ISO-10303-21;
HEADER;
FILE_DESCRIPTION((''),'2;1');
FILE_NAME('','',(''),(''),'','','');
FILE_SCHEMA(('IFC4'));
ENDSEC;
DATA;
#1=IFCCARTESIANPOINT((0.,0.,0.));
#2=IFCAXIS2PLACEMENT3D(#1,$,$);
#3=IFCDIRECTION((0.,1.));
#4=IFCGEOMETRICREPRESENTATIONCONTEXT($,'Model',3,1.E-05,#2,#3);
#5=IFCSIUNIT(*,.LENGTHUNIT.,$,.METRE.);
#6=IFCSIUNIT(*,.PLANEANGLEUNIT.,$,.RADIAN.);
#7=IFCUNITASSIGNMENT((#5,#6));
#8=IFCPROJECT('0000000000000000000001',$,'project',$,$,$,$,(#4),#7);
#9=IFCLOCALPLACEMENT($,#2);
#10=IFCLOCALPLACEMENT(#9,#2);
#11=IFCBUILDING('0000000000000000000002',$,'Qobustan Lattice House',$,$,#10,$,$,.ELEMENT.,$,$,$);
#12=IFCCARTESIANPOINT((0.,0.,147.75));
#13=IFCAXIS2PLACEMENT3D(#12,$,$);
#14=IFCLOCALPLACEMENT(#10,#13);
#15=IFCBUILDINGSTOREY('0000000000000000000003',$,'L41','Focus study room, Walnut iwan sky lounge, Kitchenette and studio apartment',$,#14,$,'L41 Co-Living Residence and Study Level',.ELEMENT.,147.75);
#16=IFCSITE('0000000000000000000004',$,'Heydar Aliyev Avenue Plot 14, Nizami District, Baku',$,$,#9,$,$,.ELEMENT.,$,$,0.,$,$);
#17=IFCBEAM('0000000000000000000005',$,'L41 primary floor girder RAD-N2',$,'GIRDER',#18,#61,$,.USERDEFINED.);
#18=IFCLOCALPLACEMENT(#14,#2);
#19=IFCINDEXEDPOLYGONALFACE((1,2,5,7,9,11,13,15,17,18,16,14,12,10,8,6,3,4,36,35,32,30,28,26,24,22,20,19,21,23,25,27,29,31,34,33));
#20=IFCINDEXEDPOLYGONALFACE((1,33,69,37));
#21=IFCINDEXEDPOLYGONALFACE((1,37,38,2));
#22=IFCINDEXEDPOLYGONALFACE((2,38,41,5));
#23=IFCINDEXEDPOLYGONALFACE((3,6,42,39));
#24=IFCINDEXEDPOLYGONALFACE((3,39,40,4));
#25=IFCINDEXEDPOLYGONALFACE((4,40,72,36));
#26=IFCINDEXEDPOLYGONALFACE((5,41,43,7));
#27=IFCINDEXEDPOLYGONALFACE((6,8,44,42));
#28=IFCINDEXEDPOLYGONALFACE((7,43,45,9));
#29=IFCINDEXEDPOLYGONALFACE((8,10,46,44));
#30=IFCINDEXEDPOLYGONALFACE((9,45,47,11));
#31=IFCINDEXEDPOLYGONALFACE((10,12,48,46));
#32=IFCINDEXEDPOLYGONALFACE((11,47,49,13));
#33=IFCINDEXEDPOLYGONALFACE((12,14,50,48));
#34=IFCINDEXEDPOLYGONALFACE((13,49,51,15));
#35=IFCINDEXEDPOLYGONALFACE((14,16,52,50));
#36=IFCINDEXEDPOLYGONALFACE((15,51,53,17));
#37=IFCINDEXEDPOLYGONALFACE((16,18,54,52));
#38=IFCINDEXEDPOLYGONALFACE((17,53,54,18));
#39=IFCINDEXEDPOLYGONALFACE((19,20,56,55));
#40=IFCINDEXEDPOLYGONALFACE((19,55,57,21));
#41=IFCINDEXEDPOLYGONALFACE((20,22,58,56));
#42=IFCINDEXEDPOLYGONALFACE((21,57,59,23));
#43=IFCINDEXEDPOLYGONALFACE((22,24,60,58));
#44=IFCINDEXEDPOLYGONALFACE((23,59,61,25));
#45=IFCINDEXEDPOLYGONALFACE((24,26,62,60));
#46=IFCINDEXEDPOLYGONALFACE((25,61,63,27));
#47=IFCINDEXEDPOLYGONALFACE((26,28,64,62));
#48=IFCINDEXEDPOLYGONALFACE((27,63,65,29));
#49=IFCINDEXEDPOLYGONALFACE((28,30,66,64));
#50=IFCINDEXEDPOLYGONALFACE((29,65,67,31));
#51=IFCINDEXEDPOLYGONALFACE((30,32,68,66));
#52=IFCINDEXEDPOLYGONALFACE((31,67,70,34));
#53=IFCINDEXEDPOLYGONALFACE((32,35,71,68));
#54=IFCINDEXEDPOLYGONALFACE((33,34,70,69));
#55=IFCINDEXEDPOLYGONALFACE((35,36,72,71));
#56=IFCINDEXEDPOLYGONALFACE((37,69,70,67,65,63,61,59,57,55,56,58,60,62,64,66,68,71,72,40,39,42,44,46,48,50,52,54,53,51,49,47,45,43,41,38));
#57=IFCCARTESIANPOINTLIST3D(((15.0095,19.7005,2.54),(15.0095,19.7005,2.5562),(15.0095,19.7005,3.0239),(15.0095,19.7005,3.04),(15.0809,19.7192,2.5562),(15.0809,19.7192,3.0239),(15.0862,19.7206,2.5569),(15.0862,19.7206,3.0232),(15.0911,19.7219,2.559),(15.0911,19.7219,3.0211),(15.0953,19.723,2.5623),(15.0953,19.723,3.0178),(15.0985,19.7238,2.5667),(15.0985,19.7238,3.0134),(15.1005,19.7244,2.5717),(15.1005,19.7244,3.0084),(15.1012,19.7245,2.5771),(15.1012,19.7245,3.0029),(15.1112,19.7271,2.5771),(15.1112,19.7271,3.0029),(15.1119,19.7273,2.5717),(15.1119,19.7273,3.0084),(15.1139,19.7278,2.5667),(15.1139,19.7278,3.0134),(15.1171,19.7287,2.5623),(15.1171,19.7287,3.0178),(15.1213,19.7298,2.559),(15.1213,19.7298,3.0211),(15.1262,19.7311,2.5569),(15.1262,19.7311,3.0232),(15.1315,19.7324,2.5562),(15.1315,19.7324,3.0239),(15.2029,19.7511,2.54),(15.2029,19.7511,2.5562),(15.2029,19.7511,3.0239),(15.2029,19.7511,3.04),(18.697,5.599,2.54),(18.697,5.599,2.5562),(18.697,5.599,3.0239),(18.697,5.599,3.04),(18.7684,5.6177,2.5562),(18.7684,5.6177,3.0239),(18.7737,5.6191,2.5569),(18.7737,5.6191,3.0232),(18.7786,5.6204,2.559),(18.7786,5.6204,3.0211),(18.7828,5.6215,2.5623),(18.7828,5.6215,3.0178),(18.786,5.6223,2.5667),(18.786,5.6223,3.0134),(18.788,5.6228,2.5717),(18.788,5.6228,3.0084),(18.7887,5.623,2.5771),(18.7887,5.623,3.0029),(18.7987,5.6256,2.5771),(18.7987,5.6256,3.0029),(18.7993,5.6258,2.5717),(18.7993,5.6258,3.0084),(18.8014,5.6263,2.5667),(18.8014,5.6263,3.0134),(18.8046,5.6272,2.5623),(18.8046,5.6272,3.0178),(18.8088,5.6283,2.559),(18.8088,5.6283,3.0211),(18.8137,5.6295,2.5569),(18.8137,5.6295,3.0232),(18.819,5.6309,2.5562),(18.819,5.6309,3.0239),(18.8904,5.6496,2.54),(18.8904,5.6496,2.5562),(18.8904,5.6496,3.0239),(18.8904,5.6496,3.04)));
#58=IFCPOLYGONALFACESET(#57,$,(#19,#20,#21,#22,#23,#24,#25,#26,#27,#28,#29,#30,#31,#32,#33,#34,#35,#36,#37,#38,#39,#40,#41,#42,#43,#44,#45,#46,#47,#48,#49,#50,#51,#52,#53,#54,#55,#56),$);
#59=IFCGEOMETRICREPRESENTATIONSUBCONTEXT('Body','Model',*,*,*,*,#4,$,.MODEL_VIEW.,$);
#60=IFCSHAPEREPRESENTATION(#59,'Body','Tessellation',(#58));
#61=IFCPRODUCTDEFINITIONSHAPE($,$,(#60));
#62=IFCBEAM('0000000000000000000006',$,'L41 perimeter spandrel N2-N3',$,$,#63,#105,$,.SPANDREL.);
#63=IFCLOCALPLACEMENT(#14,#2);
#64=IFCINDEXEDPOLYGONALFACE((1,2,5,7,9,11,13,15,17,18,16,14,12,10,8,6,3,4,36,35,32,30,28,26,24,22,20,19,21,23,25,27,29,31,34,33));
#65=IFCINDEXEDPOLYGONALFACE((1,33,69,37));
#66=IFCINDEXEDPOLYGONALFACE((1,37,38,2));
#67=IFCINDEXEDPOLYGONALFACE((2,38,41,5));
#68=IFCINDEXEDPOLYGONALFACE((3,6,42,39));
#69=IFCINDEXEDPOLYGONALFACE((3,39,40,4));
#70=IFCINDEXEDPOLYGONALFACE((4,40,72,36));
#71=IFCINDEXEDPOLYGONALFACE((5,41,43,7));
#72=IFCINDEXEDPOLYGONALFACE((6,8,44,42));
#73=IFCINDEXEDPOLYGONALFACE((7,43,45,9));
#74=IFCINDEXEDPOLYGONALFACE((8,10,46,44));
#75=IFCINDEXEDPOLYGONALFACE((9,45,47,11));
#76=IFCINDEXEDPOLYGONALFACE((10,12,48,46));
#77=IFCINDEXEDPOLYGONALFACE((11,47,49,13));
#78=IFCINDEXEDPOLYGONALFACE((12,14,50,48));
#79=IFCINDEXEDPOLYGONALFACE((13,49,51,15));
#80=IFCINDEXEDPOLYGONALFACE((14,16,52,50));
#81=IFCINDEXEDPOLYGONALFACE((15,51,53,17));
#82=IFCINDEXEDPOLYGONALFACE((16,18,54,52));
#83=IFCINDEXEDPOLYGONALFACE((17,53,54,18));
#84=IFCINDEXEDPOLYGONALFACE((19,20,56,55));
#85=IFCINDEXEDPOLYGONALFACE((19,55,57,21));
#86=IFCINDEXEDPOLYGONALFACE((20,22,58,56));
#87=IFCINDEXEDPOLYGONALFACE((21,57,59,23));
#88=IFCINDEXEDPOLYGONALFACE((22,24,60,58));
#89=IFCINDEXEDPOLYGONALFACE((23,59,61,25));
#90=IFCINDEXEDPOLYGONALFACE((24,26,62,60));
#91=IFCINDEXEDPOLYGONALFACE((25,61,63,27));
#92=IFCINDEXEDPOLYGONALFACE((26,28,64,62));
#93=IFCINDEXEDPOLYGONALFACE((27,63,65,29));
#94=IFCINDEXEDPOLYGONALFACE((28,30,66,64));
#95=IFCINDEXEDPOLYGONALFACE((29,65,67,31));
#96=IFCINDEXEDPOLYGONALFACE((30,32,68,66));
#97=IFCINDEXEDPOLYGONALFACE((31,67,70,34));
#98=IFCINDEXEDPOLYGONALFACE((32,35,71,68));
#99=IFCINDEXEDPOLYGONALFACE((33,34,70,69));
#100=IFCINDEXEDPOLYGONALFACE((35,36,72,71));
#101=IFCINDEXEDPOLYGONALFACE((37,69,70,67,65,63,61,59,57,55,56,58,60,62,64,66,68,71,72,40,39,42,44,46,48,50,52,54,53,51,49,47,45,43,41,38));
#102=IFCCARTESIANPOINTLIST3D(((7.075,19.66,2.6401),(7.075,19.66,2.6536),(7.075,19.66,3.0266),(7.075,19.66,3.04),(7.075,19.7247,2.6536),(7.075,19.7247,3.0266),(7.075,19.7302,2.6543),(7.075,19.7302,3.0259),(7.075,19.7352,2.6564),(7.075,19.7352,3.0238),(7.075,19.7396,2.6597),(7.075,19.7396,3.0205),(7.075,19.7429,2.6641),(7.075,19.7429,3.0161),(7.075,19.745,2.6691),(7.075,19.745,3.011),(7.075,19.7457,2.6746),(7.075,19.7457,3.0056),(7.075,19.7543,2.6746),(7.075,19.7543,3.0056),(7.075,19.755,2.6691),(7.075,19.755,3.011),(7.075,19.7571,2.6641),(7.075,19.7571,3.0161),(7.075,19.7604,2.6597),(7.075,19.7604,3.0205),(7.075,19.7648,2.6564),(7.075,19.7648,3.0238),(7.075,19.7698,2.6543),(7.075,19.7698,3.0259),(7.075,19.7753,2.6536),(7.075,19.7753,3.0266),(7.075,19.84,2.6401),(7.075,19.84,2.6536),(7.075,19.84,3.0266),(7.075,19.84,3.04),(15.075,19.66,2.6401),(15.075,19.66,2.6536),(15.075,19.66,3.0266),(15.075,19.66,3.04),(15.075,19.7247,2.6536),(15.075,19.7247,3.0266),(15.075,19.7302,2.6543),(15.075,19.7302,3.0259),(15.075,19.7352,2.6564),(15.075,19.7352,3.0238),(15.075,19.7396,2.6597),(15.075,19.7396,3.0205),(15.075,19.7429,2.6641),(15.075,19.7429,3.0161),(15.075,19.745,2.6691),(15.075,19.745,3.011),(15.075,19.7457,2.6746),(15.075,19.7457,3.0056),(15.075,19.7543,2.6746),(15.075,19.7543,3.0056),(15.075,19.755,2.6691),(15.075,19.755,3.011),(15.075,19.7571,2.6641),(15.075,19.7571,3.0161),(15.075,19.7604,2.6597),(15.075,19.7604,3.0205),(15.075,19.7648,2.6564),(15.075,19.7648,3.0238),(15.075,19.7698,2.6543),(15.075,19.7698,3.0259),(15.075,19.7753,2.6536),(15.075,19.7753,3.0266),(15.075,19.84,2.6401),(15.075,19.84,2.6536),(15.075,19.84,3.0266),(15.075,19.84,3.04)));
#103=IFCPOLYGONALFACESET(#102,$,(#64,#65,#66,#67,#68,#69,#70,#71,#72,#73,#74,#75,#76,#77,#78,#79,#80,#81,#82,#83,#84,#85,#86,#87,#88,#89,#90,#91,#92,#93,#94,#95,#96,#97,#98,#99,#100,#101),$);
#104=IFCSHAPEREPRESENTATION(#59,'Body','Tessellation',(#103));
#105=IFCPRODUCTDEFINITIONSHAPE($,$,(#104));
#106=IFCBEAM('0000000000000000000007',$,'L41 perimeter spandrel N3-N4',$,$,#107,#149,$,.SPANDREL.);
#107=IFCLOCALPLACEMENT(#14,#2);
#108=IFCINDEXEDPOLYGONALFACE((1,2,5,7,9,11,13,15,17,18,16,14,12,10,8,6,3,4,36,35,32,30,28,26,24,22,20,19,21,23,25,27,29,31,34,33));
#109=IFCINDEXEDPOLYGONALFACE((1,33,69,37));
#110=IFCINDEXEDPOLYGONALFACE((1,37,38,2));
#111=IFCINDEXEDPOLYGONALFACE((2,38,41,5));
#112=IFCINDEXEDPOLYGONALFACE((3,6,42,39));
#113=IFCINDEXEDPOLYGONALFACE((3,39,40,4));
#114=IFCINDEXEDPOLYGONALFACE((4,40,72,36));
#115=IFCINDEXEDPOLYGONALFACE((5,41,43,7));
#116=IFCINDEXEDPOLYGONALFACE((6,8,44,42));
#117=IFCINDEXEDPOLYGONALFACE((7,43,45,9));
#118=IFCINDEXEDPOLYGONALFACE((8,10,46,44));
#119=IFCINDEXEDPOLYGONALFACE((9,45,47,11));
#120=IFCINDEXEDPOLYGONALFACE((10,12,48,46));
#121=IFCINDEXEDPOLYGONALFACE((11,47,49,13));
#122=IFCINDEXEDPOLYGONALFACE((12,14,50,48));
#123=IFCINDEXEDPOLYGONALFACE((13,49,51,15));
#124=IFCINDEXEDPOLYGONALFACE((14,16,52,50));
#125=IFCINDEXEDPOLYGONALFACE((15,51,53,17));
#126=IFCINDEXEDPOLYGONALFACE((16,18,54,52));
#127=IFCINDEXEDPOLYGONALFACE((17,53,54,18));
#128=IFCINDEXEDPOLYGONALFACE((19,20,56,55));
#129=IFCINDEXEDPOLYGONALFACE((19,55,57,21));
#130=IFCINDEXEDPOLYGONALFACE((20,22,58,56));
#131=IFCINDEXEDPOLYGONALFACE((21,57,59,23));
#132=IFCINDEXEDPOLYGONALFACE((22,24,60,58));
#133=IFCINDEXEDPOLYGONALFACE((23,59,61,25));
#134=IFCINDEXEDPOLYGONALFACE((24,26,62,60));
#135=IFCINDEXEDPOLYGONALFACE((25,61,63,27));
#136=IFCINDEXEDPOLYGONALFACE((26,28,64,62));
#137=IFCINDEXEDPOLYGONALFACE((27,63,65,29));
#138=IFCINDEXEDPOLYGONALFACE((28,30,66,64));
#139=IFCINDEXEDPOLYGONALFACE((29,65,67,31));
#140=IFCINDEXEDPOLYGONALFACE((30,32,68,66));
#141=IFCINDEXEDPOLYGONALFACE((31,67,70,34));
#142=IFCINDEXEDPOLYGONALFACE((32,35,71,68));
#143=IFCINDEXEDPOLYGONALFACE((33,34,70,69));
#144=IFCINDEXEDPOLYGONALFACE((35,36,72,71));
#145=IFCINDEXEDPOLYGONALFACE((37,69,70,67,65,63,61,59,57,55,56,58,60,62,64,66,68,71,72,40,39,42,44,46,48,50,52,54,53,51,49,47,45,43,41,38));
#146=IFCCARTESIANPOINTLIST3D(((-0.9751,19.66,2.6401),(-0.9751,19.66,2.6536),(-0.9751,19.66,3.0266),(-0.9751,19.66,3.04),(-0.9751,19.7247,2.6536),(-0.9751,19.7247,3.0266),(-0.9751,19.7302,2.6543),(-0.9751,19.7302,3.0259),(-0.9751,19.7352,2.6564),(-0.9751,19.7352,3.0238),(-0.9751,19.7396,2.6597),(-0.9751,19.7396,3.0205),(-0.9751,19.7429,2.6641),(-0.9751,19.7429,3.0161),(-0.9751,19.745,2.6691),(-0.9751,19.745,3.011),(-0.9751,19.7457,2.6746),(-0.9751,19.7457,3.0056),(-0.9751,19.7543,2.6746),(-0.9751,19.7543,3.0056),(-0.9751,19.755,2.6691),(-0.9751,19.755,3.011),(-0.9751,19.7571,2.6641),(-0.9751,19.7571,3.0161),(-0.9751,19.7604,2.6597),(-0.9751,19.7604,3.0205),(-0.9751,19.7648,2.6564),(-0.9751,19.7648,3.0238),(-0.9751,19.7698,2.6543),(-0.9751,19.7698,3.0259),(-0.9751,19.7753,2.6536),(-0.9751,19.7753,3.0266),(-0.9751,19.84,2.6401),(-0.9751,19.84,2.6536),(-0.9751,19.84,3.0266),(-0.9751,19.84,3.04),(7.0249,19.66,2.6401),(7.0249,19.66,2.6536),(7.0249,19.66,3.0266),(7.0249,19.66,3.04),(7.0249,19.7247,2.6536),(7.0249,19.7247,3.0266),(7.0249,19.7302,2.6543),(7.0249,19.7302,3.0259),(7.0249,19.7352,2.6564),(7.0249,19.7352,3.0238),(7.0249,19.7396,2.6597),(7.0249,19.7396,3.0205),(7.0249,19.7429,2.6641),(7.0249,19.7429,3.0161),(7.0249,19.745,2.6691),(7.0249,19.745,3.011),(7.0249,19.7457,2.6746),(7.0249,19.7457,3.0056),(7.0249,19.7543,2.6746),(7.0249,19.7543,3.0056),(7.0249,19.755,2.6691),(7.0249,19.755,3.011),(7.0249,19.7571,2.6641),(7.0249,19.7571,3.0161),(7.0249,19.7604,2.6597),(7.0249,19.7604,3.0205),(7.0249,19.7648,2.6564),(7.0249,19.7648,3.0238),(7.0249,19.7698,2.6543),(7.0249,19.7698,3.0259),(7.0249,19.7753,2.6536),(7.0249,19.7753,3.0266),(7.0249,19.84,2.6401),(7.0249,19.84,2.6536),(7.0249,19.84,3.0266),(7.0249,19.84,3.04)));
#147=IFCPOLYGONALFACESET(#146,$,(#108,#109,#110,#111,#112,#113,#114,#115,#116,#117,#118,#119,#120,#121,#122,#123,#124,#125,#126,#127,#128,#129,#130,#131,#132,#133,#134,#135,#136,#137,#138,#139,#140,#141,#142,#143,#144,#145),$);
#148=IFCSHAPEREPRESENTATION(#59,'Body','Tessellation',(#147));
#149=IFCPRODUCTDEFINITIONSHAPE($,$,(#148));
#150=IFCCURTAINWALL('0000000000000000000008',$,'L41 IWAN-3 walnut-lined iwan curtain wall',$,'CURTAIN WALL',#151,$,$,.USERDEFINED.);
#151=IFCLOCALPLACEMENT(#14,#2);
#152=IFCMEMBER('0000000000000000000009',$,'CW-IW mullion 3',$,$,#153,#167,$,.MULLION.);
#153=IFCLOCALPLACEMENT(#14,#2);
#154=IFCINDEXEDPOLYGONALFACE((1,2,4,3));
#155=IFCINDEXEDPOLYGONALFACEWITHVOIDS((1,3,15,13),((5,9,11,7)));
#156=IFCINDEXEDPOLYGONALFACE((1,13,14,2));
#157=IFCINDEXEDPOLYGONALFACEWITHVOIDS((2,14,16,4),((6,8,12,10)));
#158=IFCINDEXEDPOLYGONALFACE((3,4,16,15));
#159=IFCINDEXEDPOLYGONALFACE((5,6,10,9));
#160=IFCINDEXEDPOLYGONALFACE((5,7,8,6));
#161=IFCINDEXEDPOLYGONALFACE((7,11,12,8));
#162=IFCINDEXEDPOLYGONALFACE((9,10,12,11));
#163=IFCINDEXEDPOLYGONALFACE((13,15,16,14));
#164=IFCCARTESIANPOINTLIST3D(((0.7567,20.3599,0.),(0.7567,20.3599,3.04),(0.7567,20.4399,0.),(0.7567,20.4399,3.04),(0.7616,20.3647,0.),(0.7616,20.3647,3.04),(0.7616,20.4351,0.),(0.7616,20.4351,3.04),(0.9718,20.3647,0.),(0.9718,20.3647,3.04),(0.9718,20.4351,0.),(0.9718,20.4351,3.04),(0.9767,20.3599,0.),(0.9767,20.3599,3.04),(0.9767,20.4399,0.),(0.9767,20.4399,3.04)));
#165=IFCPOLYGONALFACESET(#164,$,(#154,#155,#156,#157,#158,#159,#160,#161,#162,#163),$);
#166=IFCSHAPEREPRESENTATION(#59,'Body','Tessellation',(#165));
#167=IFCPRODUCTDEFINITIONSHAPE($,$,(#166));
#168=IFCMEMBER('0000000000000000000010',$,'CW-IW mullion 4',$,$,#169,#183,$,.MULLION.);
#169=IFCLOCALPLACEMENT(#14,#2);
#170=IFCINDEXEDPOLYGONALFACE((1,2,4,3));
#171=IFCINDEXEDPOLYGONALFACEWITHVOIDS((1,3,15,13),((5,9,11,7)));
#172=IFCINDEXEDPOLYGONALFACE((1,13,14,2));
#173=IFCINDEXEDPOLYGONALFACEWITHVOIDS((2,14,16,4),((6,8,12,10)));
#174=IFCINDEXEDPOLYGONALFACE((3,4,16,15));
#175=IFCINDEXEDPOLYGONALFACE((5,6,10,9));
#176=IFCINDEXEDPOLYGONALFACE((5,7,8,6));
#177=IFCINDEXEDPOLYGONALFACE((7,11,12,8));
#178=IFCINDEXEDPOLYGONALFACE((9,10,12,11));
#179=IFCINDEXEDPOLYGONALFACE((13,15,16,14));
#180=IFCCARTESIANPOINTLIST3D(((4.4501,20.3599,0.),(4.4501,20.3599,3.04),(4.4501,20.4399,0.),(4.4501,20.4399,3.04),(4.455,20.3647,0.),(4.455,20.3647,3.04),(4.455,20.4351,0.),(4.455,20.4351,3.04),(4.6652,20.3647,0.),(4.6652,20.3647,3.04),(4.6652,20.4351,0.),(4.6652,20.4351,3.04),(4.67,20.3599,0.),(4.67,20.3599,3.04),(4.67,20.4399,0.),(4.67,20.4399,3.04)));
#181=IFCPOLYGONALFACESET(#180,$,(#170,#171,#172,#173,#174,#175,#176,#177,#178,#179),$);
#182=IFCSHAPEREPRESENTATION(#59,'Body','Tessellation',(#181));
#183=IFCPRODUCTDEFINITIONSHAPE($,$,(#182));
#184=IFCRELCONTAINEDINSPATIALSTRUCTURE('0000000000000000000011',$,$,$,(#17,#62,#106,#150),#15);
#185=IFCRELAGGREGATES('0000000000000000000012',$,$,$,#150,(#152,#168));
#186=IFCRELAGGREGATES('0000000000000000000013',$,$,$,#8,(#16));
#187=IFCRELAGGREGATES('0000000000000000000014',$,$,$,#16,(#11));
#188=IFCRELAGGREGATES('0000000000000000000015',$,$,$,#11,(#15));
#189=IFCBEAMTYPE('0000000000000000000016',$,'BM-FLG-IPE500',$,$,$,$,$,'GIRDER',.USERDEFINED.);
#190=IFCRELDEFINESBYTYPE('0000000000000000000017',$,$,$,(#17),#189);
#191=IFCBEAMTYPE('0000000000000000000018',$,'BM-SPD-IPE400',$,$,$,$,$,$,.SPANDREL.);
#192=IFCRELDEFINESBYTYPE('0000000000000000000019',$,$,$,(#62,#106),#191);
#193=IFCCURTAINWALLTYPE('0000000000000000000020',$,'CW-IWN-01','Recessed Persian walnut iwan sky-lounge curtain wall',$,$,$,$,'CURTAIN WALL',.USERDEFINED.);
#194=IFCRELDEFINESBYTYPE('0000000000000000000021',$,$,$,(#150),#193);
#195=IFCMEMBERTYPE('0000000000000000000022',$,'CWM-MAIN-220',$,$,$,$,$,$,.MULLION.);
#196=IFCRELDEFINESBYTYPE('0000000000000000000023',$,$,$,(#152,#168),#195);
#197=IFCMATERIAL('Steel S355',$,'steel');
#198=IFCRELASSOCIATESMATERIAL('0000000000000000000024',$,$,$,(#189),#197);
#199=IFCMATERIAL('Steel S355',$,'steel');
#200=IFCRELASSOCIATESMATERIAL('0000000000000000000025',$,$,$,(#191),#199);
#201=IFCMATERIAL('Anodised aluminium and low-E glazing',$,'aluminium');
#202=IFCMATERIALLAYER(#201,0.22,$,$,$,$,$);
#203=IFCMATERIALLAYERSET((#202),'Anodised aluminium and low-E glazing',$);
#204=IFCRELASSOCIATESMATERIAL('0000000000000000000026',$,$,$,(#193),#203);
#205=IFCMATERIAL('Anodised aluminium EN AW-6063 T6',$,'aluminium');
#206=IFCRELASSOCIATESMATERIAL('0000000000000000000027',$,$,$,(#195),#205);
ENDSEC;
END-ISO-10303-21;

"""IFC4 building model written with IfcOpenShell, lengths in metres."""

from ifc_helpers import new_model, si_unit, direction, frame, origin, origin_2d, place, context, subcontext, project, spatial, hollow_rectangle, i_section, extrude, material, layer, layer_set, material_profile, profile_set, type_object, element, aggregate, save


model = new_model("IFC4")

# Units and contexts
model_context = context("Model", 3, precision=1e-05, world=origin(), true_north=direction((0.0, 1.0)))
body_context = subcontext(model_context, "Body", "Model", "MODEL_VIEW")
ifc_project = project(units=[si_unit("LENGTHUNIT", "METRE"), si_unit("PLANEANGLEUNIT", "RADIAN")], contexts=[model_context])

# Site, building, storey
site_placement = place(None, origin())
site = spatial("IfcSite", under=ifc_project, at=site_placement, Name="Heydar Aliyev Avenue Plot 14, Nizami District, Baku", CompositionType="ELEMENT", RefElevation=0.0)
building_placement = place(site_placement, origin())
building = spatial("IfcBuilding", under=site, at=building_placement, Name="Qobustan Lattice House", CompositionType="ELEMENT")
storey_placement = place(building_placement, frame((0.0, 0.0, 147.75)))
storey = spatial("IfcBuildingStorey", under=building, at=storey_placement, Name="L41", Description="Focus study room, Walnut iwan sky lounge, Kitchenette and studio apartment", LongName="L41 Co-Living Residence and Study Level", CompositionType="ELEMENT", Elevation=147.75)

# Beams
ifc_material_1 = material(Name="Steel S355", Category="steel")
ifc_material_profile_1 = material_profile(ifc_material_1, i_section(OverallWidth=0.2, OverallDepth=0.5, WebThickness=0.0103, FlangeThickness=0.0161, FilletRadius=0.021, at=origin_2d()), Name="IPE500")
ifc_profile_set_1 = profile_set([ifc_material_profile_1], Name="Steel S355")
beam_type_1 = type_object("IfcBeamType", Name="BM-FLG-IPE500", ElementType="GIRDER", PredefinedType="USERDEFINED", material=ifc_profile_set_1)
beam_1_placement = place(storey_placement, frame((15.1062, 19.7258, 2.79), z_axis=(0.252989, -0.967469, 0.0), x_axis=(0.967469, 0.252989, 0.0)))
element("IfcBeam", 1, at=beam_1_placement, inside=storey, type_object=beam_type_1, Name="L41 primary floor girder RAD-N2", ObjectType="GIRDER", PredefinedType="USERDEFINED", context=body_context, shape_type="SweptSolid", body=[
    extrude(i_section(OverallWidth=0.2, OverallDepth=0.5, WebThickness=0.0103, FlangeThickness=0.0161, FilletRadius=0.021, at=origin_2d()), origin(), (0.0, 0.0, 1.0), 14.5757),
])
ifc_material_2 = material(Name="Steel S355", Category="steel")
ifc_material_profile_2 = material_profile(ifc_material_2, i_section(OverallWidth=0.1799, OverallDepth=0.3999, WebThickness=0.0085, FlangeThickness=0.0134, FilletRadius=0.021, at=origin_2d()), Name="IPE400")
ifc_profile_set_2 = profile_set([ifc_material_profile_2], Name="Steel S355")
beam_type_2 = type_object("IfcBeamType", Name="BM-SPD-IPE400", PredefinedType="SPANDREL", material=ifc_profile_set_2)
for number, where, z_axis, x_axis, name in (
    (2, (15.075, 19.75, 2.8401), (-1.0, 0.0, 0.0), (0.0, -1.0, 0.0), "L41 perimeter spandrel N2-N3"),
    (3, (7.0249, 19.75, 2.8401), (-1.0, 0.0, 0.0), (0.0, -1.0, 0.0), "L41 perimeter spandrel N3-N4"),
):
    element("IfcBeam", number, at=place(storey_placement, frame(where, z_axis=z_axis, x_axis=x_axis)), inside=storey, type_object=beam_type_2, Name=name, PredefinedType="SPANDREL", context=body_context, shape_type="SweptSolid", body=[
        extrude(i_section(OverallWidth=0.1799, OverallDepth=0.3999, WebThickness=0.0085, FlangeThickness=0.0134, FilletRadius=0.021, at=origin_2d()), origin(), (0.0, 0.0, 1.0), 8.0),
    ])

# Curtain wall, members
ifc_material_3 = material(Name="Anodised aluminium and low-E glazing", Category="aluminium")
ifc_layer_1 = layer(ifc_material_3, 0.22)
ifc_layer_set_1 = layer_set([ifc_layer_1], Name="Anodised aluminium and low-E glazing")
curtain_wall_type = type_object("IfcCurtainWallType", Name="CW-IWN-01", Description="Recessed Persian walnut iwan sky-lounge curtain wall", ElementType="CURTAIN WALL", PredefinedType="USERDEFINED", material=ifc_layer_set_1)
curtain_wall_placement = place(storey_placement, origin())
curtain_wall = element("IfcCurtainWall", 4, at=curtain_wall_placement, inside=storey, type_object=curtain_wall_type, Name="L41 IWAN-3 walnut-lined iwan curtain wall", ObjectType="CURTAIN WALL", PredefinedType="USERDEFINED")
ifc_material_4 = material(Name="Anodised aluminium EN AW-6063 T6", Category="aluminium")
ifc_material_profile_3 = material_profile(ifc_material_4, hollow_rectangle(XDim=0.0801, YDim=0.22, WallThickness=0.0049, at=origin_2d()), Name="CWM-220x80")
ifc_profile_set_3 = profile_set([ifc_material_profile_3], Name="Anodised aluminium EN AW-6063 T6")
member_type_1 = type_object("IfcMemberType", Name="CWM-MAIN-220", PredefinedType="MULLION", material=ifc_profile_set_3)
member_1_placement = place(storey_placement, frame((0.8667, 20.3999, 0.0), z_axis=(0.0, 0.0, 1.0), x_axis=(0.0, 1.0, 0.0)))
member_1 = element("IfcMember", 5, at=member_1_placement, type_object=member_type_1, Name="CW-IW mullion 3", PredefinedType="MULLION", context=body_context, shape_type="SweptSolid", body=[
    extrude(hollow_rectangle(XDim=0.0801, YDim=0.22, WallThickness=0.0049, at=origin_2d()), origin(), (0.0, 0.0, 1.0), 3.04),
])
member_2_placement = place(storey_placement, frame((4.5601, 20.3999, 0.0), z_axis=(0.0, 0.0, 1.0), x_axis=(0.0, 1.0, 0.0)))
member_2 = element("IfcMember", 6, at=member_2_placement, type_object=member_type_1, Name="CW-IW mullion 4", PredefinedType="MULLION", context=body_context, shape_type="SweptSolid", body=[
    extrude(hollow_rectangle(XDim=0.0801, YDim=0.22, WallThickness=0.0049, at=origin_2d()), origin(), (0.0, 0.0, 1.0), 3.04),
])
aggregate(curtain_wall, [member_1, member_2])

save(model, "model.ifc")
